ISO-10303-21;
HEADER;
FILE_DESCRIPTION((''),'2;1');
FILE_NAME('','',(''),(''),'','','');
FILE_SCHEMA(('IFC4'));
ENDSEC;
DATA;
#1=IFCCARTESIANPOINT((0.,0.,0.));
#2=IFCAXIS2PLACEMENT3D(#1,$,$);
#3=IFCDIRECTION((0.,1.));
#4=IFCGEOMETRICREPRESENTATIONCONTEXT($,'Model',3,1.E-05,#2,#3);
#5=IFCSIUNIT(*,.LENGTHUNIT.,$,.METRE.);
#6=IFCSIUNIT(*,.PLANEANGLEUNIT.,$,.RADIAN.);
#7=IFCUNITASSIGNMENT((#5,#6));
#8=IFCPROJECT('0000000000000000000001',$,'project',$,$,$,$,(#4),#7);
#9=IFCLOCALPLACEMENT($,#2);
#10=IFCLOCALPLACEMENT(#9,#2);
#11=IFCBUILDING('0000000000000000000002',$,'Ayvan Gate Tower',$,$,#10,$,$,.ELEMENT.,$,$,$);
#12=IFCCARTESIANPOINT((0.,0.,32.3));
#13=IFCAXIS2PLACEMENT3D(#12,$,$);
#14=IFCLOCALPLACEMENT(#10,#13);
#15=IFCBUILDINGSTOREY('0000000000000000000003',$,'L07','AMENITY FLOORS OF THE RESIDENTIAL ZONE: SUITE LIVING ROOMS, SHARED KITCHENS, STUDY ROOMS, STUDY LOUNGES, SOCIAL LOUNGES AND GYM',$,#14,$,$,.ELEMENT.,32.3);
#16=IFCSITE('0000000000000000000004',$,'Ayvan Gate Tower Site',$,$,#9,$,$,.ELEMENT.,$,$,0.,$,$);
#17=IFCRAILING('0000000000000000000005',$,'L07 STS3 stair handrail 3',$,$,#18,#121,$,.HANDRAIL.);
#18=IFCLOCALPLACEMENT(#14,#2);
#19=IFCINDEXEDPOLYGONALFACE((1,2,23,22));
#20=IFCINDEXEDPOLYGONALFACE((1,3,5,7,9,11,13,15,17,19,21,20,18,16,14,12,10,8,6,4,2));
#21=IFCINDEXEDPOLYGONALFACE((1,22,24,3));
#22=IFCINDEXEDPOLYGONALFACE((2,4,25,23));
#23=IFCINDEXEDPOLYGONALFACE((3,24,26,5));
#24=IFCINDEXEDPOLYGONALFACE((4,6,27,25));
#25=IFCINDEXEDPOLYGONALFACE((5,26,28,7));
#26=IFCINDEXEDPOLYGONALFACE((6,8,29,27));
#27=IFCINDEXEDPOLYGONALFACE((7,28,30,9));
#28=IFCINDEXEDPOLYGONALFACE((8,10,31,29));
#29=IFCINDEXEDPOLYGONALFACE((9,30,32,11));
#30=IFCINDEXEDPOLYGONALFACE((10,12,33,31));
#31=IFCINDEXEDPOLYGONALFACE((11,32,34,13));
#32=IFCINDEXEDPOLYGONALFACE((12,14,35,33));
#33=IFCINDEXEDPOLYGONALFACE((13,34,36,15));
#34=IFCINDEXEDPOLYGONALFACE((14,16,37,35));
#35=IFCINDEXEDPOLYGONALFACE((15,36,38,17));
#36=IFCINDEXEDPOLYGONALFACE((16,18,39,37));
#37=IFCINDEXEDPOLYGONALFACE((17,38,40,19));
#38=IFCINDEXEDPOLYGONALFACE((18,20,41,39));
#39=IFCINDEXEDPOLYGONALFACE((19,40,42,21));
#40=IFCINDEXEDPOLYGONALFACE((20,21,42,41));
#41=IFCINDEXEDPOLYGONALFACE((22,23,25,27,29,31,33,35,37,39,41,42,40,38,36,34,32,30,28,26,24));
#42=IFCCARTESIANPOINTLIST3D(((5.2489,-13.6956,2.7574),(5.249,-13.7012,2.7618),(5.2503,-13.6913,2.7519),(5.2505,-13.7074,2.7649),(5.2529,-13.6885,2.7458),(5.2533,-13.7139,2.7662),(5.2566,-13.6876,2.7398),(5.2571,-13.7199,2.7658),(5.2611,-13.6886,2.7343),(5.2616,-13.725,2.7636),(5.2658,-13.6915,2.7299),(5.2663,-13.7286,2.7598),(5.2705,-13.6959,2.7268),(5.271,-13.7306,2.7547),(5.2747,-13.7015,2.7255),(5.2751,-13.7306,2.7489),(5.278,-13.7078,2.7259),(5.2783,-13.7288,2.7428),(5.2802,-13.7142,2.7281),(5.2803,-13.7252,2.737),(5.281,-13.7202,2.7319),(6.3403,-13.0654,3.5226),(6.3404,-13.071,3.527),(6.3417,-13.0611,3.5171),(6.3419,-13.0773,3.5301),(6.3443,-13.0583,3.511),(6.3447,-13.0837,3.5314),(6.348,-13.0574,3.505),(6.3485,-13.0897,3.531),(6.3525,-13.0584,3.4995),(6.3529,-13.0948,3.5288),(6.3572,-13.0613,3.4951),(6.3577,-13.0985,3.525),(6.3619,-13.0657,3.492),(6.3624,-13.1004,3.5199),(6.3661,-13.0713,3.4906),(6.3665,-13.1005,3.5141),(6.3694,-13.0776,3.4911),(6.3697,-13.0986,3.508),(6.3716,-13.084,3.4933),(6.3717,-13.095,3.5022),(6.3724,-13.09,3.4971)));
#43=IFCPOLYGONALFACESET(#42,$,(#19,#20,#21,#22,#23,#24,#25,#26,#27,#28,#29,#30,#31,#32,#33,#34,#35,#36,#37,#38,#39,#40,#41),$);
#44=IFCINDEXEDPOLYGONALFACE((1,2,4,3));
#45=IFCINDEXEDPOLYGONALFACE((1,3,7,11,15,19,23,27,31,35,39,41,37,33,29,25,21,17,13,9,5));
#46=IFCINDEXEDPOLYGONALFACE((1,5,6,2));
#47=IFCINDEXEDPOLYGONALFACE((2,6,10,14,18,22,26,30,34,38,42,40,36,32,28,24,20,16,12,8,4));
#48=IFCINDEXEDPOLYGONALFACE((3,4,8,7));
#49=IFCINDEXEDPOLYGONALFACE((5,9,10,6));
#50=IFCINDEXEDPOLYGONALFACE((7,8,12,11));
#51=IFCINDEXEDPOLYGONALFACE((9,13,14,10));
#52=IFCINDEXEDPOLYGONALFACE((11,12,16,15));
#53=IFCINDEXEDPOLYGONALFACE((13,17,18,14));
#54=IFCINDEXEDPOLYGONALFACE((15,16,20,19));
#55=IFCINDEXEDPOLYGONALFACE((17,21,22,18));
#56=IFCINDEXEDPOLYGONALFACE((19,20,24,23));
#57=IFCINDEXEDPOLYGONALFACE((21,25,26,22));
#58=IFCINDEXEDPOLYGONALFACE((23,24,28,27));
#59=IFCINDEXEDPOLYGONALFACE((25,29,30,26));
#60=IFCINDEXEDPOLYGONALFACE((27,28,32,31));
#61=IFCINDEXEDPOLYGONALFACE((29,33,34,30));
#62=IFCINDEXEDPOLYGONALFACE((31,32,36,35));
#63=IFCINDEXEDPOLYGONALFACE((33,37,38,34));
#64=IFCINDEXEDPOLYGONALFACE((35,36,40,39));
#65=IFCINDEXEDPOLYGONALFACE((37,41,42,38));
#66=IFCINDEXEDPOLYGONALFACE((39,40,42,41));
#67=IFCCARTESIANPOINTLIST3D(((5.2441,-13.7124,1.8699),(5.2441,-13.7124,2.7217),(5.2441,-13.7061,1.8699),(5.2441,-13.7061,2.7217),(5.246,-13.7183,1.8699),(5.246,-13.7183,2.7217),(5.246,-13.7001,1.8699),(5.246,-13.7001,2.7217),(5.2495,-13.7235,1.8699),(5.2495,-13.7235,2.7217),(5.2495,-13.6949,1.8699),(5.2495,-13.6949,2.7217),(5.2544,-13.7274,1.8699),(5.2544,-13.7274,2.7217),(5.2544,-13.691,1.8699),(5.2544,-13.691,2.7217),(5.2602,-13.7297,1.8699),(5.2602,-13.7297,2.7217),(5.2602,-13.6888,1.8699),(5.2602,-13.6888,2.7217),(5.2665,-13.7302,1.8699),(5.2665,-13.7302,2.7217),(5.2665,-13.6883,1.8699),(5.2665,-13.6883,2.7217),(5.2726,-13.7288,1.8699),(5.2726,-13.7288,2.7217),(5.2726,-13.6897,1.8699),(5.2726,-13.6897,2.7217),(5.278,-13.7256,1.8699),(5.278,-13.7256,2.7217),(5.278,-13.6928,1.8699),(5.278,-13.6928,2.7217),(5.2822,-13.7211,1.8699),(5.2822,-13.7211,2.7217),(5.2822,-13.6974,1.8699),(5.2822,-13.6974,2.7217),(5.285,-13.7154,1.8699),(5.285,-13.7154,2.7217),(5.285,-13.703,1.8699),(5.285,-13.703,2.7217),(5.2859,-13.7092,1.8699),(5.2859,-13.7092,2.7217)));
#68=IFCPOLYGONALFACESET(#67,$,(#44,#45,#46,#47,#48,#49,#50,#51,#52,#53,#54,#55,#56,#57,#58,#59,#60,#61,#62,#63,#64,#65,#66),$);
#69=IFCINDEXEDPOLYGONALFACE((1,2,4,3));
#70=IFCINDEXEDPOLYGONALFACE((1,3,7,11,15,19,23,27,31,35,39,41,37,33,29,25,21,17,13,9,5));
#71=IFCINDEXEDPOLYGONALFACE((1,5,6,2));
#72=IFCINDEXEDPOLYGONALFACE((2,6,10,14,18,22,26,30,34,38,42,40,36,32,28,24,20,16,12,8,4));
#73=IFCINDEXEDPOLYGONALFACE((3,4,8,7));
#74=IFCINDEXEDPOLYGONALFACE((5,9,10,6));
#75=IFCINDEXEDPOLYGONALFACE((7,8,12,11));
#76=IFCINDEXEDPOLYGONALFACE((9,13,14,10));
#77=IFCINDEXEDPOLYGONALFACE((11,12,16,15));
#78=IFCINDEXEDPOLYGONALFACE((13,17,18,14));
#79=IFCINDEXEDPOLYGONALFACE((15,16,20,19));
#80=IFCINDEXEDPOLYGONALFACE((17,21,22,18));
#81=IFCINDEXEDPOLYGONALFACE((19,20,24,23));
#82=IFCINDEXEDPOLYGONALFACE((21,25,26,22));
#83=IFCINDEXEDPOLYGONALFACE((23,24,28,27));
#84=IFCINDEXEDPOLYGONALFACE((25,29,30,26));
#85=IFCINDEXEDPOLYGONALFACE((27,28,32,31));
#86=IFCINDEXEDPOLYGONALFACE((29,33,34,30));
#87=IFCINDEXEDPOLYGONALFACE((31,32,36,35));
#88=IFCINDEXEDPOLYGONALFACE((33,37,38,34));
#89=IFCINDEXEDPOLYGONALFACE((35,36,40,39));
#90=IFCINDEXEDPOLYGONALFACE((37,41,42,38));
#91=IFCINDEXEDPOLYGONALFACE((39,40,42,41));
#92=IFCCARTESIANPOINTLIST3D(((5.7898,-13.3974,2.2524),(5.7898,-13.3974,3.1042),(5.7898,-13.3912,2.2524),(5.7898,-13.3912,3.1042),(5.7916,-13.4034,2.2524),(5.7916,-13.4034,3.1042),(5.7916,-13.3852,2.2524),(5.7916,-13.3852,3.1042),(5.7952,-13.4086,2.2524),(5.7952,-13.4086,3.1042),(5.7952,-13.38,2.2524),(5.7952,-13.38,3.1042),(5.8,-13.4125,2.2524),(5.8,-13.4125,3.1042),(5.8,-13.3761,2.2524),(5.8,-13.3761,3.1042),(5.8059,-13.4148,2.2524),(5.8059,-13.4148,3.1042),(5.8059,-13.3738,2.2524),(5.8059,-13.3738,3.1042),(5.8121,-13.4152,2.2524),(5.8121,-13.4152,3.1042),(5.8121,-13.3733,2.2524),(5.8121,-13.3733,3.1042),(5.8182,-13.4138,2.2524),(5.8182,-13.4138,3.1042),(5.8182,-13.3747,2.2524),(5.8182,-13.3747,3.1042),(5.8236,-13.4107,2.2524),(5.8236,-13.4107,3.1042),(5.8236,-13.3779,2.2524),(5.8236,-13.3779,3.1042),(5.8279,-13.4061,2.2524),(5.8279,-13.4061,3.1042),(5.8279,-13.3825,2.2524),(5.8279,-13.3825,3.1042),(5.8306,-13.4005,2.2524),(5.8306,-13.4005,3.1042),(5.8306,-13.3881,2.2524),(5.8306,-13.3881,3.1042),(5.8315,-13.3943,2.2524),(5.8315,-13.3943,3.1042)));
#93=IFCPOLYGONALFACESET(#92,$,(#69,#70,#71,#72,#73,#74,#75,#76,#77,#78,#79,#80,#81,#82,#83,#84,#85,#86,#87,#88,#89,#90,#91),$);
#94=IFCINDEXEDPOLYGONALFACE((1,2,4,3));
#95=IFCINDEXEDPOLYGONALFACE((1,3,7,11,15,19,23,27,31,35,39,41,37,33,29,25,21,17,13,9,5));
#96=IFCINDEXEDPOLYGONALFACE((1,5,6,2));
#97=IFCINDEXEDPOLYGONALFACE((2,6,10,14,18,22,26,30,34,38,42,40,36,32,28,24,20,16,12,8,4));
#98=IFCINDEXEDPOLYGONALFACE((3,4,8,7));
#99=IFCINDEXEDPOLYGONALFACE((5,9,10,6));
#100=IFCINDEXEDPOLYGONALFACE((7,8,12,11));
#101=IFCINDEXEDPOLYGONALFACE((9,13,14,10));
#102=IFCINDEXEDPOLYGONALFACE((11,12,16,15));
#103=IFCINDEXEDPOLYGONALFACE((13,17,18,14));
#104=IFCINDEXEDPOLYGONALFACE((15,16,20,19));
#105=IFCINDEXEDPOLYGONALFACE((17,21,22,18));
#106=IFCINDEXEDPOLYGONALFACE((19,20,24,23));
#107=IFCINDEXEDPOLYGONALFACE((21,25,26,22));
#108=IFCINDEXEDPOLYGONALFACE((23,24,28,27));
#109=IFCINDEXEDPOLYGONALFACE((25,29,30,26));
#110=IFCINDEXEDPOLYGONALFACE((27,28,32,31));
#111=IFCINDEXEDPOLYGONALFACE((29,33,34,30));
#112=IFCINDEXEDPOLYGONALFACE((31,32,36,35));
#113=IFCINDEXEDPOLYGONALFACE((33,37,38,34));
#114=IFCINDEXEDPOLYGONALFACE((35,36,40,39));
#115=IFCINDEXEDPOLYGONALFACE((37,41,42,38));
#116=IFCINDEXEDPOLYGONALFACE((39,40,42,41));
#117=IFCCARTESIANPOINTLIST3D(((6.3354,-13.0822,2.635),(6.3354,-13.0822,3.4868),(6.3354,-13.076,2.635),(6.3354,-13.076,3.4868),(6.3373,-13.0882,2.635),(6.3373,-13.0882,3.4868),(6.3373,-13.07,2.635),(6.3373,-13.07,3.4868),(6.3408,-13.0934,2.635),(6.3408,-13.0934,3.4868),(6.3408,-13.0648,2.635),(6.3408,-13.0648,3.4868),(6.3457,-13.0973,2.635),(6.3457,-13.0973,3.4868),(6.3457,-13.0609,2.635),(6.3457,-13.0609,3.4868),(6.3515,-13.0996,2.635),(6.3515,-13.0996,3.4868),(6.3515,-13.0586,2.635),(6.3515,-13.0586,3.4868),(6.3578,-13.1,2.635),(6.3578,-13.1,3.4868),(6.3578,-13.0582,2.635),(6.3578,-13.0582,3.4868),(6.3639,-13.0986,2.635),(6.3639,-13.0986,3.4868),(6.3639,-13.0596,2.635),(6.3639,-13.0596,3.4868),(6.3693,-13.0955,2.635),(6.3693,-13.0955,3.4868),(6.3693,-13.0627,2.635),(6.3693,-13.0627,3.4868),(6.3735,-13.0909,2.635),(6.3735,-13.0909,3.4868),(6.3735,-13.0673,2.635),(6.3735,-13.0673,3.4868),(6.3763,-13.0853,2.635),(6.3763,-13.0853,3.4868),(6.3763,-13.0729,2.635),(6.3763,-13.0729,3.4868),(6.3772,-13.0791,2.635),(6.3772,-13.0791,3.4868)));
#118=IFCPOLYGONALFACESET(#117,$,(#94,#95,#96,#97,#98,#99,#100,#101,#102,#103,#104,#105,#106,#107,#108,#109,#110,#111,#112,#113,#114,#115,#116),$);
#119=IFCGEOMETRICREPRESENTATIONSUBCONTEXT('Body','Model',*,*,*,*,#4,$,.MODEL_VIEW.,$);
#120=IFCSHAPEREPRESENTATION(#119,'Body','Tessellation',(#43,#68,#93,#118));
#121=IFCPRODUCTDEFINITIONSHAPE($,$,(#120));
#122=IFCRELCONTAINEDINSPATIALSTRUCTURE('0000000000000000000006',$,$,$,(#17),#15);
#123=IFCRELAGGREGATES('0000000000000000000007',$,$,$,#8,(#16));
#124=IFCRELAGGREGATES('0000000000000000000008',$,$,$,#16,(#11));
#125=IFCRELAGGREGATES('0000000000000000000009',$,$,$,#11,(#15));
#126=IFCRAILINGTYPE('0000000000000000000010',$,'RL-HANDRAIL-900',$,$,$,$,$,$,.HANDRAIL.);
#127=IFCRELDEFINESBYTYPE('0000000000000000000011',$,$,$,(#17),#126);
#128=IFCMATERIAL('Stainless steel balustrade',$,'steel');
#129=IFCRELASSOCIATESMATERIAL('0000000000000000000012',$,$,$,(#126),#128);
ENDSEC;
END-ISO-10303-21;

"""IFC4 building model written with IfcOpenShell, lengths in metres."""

from ifc_helpers import new_model, si_unit, direction, frame, origin, origin_2d, place, context, subcontext, project, spatial, circle, extrude, material, type_object, element, save


model = new_model("IFC4")

# Units and contexts
model_context = context("Model", 3, precision=1e-05, world=origin(), true_north=direction((0.0, 1.0)))
body_context = subcontext(model_context, "Body", "Model", "MODEL_VIEW")
ifc_project = project(units=[si_unit("LENGTHUNIT", "METRE"), si_unit("PLANEANGLEUNIT", "RADIAN")], contexts=[model_context])

# Site, building, storey
site_placement = place(None, origin())
site = spatial("IfcSite", under=ifc_project, at=site_placement, Name="Ayvan Gate Tower Site", CompositionType="ELEMENT", RefElevation=0.0)
building_placement = place(site_placement, origin())
building = spatial("IfcBuilding", under=site, at=building_placement, Name="Ayvan Gate Tower", CompositionType="ELEMENT")
storey_placement = place(building_placement, frame((0.0, 0.0, 32.3)))
storey = spatial("IfcBuildingStorey", under=building, at=storey_placement, Name="L07", Description="AMENITY FLOORS OF THE RESIDENTIAL ZONE: SUITE LIVING ROOMS, SHARED KITCHENS, STUDY ROOMS, STUDY LOUNGES, SOCIAL LOUNGES AND GYM", CompositionType="ELEMENT", Elevation=32.3)

# Railing
ifc_material_1 = material(Name="Stainless steel balustrade", Category="steel")
railing_type_1 = type_object("IfcRailingType", Name="RL-HANDRAIL-900", PredefinedType="HANDRAIL", material=ifc_material_1)
railing_1_placement = place(storey_placement, frame((5.2649, -13.7092, 1.8699)))
element("IfcRailing", 1, at=railing_1_placement, inside=storey, type_object=railing_type_1, Name="L07 STS3 stair handrail 3", PredefinedType="HANDRAIL", context=body_context, shape_type="SweptSolid", body=[
    extrude(circle(Radius=0.0239, at=origin_2d()), frame((0.0, 0.0, 0.876), z_axis=(0.740241, 0.427419, 0.518996), x_axis=(-0.500035, 0.866005, 0.0)), (0.0, 0.0, 1.0), 1.4744),
    extrude(circle(Radius=0.021, at=origin_2d()), origin(), (0.0, 0.0, 1.0), 0.8518),
    extrude(circle(Radius=0.021, at=origin_2d()), frame((0.5457, 0.3149, 0.3826)), (0.0, 0.0, 1.0), 0.8518),
    extrude(circle(Radius=0.021, at=origin_2d()), frame((1.0913, 0.6301, 0.7651)), (0.0, 0.0, 1.0), 0.8518),
])

save(model, "model.ifc")
